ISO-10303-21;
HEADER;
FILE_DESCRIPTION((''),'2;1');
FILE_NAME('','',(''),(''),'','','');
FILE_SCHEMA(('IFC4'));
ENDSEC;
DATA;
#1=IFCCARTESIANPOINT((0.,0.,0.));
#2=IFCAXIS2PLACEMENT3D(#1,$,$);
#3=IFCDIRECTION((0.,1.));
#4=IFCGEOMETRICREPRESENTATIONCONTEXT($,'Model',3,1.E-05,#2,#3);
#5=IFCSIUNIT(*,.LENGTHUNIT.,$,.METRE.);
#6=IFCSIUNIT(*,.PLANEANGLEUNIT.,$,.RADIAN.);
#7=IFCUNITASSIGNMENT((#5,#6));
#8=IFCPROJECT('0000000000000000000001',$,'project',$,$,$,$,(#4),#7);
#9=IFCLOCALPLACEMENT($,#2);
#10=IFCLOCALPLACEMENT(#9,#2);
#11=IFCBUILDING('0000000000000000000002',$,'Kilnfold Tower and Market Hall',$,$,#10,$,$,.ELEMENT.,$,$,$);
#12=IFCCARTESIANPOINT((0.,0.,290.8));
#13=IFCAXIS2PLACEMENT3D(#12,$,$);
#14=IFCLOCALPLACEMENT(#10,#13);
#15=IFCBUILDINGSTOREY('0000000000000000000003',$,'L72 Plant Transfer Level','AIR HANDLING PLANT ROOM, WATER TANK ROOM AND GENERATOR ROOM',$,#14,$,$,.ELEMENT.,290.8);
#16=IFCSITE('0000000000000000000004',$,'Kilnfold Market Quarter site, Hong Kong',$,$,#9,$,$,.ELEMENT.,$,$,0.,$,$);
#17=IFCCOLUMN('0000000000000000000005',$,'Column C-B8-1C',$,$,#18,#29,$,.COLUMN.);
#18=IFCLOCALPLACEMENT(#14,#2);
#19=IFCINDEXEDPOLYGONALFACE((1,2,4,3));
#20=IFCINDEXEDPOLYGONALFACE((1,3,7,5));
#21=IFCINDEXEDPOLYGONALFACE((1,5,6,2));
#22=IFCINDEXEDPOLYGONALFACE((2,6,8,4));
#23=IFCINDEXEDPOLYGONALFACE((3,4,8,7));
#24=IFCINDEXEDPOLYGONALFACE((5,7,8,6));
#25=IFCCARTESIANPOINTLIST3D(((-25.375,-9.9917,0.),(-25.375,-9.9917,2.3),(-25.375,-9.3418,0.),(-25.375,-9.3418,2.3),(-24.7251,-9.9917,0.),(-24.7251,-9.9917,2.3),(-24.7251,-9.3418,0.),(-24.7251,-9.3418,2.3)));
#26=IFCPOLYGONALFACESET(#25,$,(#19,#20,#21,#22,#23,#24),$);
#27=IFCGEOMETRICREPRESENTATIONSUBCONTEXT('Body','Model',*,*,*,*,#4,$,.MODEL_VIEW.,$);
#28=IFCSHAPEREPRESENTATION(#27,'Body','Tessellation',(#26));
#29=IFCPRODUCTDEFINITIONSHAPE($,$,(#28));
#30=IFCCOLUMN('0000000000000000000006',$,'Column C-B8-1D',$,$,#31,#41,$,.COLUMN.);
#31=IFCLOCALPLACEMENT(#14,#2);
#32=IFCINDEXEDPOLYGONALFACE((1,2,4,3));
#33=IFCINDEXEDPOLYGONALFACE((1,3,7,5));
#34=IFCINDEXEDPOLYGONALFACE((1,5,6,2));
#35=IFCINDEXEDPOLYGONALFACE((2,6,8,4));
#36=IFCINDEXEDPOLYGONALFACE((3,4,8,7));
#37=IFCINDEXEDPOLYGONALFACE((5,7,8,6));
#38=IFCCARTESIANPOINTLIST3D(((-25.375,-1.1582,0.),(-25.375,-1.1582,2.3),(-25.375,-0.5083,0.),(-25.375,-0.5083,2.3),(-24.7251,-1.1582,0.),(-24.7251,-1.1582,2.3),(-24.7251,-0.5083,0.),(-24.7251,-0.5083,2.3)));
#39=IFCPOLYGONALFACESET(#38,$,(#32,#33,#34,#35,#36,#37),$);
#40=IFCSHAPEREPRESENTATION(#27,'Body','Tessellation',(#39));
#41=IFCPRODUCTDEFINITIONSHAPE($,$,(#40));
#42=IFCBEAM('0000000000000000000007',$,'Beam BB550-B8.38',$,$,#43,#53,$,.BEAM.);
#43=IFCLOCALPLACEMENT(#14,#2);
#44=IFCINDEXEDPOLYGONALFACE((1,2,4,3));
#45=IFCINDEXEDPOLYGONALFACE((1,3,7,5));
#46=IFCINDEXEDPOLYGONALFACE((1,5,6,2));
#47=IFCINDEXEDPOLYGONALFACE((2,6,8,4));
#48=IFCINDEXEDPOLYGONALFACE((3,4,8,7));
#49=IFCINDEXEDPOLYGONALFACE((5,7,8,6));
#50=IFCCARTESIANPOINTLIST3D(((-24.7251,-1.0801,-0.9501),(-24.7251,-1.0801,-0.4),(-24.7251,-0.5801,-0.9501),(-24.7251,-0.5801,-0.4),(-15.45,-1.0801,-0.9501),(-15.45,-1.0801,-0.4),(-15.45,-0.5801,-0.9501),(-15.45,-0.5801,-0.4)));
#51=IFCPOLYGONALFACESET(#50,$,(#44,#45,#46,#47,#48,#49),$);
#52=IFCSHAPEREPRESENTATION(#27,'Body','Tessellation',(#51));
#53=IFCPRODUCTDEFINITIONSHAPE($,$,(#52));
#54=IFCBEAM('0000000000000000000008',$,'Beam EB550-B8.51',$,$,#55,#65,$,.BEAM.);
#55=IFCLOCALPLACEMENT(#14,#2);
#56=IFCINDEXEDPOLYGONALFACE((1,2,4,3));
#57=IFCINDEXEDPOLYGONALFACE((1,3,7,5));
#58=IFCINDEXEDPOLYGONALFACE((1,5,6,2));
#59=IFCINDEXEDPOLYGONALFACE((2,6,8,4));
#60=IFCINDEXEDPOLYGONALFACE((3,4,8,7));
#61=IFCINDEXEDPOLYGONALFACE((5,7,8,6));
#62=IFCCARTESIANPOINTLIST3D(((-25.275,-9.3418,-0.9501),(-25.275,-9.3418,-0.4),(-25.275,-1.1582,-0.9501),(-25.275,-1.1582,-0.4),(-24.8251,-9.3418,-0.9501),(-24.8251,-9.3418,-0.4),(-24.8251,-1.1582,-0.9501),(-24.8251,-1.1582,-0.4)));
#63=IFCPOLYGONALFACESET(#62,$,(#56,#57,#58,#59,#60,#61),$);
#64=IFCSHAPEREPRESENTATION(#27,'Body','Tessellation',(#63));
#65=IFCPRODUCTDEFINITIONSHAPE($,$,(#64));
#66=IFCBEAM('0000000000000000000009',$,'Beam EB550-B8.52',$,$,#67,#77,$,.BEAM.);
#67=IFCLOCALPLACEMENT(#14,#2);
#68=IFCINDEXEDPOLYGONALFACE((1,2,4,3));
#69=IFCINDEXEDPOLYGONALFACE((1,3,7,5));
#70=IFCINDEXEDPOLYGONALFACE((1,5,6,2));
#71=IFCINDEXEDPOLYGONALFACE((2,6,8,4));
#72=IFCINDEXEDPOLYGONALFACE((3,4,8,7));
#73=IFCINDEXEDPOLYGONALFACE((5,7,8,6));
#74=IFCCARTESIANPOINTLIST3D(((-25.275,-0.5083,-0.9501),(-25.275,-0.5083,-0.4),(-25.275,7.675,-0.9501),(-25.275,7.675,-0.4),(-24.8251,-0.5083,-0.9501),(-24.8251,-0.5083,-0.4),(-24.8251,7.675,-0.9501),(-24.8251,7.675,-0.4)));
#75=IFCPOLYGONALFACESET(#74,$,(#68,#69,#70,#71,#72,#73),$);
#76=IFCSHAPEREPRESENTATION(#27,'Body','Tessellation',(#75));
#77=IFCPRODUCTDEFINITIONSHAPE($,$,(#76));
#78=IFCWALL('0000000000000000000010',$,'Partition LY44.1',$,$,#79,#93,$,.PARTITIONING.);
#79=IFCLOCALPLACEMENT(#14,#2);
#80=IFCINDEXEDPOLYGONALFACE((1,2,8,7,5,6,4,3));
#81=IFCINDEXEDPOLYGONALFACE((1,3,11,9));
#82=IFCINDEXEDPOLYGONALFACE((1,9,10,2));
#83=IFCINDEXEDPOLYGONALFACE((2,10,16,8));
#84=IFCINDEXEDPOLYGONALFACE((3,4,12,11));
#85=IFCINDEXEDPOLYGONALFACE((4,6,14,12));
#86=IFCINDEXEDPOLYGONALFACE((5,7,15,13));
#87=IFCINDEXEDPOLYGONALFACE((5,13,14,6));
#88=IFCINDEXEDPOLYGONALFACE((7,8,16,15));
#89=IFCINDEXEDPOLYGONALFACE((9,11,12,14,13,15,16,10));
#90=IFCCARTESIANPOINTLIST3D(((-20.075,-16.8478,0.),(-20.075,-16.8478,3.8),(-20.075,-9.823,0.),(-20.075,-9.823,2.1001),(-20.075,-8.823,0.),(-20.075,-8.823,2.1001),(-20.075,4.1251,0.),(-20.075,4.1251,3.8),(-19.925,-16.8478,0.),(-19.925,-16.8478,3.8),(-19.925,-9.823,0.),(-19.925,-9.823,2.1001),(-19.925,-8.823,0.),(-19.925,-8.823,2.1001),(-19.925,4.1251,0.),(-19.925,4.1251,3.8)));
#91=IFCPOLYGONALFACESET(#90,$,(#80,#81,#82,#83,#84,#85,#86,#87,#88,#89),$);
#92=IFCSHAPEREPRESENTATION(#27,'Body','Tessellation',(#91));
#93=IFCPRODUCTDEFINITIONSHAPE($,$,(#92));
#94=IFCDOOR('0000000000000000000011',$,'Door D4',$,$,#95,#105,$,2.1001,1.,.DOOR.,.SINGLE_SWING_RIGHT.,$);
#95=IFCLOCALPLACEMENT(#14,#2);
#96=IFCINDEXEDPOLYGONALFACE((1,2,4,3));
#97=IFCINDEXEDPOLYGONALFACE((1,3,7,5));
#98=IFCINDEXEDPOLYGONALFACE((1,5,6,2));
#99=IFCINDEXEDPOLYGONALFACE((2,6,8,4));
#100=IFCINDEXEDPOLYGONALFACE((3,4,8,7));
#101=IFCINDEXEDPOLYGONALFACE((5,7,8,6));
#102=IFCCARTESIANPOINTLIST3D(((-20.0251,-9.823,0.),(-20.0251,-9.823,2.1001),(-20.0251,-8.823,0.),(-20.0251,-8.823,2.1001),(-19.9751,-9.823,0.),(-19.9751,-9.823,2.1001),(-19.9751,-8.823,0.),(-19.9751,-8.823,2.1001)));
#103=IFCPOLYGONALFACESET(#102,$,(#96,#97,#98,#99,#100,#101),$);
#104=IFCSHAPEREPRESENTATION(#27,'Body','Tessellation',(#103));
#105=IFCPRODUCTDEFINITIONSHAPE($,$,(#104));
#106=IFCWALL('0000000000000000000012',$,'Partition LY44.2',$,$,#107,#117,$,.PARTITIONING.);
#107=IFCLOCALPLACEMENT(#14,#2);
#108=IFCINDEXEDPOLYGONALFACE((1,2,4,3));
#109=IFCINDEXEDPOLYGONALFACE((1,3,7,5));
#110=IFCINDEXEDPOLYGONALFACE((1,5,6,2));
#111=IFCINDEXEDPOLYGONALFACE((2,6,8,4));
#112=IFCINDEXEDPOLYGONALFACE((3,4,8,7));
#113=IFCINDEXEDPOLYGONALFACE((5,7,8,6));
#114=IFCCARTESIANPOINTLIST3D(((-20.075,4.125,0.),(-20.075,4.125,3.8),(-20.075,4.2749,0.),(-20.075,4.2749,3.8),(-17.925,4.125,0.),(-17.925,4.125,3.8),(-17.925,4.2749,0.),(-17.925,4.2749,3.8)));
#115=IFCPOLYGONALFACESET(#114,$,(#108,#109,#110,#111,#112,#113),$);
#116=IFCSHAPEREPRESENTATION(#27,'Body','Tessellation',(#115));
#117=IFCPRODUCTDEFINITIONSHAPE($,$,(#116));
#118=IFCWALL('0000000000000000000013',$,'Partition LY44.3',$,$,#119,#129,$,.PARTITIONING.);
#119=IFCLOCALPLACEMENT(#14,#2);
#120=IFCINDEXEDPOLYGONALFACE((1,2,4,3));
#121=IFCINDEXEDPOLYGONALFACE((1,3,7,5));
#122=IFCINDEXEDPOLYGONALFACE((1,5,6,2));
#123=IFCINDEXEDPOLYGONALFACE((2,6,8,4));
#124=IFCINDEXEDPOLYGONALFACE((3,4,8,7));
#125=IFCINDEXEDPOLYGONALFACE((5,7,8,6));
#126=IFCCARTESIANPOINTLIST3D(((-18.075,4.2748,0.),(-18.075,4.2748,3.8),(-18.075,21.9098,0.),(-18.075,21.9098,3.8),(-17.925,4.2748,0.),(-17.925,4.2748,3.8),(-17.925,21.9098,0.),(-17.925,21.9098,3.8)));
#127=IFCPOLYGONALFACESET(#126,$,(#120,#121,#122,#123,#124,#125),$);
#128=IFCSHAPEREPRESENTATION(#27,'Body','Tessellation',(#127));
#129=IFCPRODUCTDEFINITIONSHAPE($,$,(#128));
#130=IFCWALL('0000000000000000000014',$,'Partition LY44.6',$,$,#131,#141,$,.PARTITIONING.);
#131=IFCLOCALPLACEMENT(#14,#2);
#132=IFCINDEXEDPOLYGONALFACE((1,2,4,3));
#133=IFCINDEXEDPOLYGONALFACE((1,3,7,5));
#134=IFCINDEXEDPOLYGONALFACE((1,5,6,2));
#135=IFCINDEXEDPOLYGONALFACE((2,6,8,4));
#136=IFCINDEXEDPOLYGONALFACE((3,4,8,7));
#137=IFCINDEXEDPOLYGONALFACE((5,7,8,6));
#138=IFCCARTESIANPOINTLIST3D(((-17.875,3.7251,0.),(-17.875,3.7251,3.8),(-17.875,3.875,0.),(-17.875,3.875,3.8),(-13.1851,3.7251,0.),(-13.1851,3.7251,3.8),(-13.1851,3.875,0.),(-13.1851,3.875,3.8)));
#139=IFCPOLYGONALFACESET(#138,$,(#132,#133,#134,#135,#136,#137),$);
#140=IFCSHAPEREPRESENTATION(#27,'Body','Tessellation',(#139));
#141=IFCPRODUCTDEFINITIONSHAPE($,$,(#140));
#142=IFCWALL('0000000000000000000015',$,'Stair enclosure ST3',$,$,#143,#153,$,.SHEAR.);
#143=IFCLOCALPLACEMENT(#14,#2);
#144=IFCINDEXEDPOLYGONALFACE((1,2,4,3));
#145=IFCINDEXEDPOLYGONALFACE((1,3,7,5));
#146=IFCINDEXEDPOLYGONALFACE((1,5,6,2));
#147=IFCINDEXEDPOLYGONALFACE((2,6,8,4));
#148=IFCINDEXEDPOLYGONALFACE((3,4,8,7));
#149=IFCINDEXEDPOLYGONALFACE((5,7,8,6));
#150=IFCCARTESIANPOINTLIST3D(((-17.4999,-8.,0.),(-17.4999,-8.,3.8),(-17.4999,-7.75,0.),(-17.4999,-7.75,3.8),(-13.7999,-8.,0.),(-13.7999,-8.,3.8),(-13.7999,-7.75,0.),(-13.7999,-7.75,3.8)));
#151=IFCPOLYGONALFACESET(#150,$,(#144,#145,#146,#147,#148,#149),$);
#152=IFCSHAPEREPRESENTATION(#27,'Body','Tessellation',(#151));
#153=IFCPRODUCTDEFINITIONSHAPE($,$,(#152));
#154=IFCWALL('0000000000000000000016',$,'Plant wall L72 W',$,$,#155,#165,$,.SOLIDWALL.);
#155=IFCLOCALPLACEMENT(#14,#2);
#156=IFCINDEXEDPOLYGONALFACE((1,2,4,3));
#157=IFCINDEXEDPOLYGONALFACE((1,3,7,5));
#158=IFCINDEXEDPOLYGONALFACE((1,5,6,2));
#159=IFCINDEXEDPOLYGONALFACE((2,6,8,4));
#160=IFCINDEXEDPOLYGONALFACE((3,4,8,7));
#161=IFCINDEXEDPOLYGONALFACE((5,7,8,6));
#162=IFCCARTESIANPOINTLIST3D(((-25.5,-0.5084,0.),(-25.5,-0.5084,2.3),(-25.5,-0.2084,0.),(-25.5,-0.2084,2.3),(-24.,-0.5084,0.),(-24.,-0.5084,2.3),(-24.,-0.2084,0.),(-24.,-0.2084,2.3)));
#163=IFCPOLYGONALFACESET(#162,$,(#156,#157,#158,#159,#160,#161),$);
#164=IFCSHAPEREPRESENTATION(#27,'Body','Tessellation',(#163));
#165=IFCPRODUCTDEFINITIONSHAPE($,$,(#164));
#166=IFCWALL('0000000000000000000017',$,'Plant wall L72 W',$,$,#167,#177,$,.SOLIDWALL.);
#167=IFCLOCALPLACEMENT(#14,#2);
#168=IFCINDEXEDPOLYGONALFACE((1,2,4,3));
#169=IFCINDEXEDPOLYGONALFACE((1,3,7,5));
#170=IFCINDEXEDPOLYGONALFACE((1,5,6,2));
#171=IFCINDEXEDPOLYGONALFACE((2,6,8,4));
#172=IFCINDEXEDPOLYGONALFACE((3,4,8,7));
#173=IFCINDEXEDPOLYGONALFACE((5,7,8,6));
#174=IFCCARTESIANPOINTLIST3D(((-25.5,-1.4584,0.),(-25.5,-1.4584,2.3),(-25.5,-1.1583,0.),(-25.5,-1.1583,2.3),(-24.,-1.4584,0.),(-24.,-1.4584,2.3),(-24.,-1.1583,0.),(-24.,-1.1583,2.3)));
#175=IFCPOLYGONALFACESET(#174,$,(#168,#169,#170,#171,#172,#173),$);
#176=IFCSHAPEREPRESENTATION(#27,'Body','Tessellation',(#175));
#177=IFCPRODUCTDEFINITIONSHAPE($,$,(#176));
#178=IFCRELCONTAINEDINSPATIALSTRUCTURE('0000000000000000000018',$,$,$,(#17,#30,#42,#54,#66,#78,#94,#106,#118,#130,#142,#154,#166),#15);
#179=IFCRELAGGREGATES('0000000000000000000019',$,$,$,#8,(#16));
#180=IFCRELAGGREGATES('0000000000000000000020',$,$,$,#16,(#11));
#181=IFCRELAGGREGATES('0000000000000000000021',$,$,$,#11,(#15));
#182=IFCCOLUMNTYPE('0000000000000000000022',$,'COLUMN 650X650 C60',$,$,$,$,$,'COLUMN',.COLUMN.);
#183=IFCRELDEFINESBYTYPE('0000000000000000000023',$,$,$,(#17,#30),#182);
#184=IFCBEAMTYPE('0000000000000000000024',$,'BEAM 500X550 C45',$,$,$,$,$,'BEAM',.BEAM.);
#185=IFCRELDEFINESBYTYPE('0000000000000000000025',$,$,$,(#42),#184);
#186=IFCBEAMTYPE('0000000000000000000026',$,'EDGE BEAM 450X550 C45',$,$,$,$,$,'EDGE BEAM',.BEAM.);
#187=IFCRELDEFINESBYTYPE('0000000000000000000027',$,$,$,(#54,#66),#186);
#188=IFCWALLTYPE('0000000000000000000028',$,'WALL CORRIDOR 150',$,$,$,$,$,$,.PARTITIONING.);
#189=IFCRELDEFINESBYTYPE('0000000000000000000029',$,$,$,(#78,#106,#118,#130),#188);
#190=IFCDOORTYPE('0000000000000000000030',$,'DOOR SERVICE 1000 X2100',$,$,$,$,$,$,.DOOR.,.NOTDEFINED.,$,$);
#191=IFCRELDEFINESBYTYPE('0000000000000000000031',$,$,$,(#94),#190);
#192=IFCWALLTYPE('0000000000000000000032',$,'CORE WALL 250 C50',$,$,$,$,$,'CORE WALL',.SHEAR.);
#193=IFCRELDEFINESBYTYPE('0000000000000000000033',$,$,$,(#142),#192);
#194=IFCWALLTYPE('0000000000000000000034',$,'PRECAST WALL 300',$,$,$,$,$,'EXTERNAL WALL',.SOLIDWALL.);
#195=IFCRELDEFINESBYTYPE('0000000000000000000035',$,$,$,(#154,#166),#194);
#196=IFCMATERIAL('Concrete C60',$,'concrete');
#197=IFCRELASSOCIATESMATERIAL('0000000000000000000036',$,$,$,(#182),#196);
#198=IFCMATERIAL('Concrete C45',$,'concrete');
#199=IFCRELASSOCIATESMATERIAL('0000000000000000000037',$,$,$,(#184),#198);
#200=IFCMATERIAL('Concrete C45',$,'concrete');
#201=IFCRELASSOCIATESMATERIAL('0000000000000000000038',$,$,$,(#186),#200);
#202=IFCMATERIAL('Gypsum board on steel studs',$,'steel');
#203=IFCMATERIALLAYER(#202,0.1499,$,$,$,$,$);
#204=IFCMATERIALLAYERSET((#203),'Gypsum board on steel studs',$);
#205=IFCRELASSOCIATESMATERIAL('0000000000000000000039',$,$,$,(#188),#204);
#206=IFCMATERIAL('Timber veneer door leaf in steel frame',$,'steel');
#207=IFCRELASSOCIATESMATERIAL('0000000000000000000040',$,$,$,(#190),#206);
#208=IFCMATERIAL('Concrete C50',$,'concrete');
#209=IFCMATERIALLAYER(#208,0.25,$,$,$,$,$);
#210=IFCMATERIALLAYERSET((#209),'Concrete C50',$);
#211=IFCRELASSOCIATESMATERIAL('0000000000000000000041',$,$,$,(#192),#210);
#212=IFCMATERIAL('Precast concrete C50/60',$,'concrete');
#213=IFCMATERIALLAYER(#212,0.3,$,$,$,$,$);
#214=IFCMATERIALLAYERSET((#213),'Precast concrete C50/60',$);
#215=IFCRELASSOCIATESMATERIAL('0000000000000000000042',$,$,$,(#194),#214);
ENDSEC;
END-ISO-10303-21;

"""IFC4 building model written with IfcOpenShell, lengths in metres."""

from ifc_helpers import new_model, si_unit, direction, frame, frame_2d, origin, origin_2d, place, context, subcontext, project, spatial, rectangle, extrude, source, transform, mapped, material, layer, layer_set, material_profile, profile_set, type_object, element, fill, save


model = new_model("IFC4")

# Units and contexts
model_context = context("Model", 3, precision=1e-05, world=origin(), true_north=direction((0.0, 1.0)))
body_context = subcontext(model_context, "Body", "Model", "MODEL_VIEW")
ifc_project = project(units=[si_unit("LENGTHUNIT", "METRE"), si_unit("PLANEANGLEUNIT", "RADIAN")], contexts=[model_context])

# Site, building, storey
site_placement = place(None, origin())
site = spatial("IfcSite", under=ifc_project, at=site_placement, Name="Kilnfold Market Quarter site, Hong Kong", CompositionType="ELEMENT", RefElevation=0.0)
building_placement = place(site_placement, origin())
building = spatial("IfcBuilding", under=site, at=building_placement, Name="Kilnfold Tower and Market Hall", CompositionType="ELEMENT")
storey_placement = place(building_placement, frame((0.0, 0.0, 290.8)))
storey = spatial("IfcBuildingStorey", under=building, at=storey_placement, Name="L72 Plant Transfer Level", Description="AIR HANDLING PLANT ROOM, WATER TANK ROOM AND GENERATOR ROOM", CompositionType="ELEMENT", Elevation=290.8)

# Columns
ifc_material_1 = material(Name="Concrete C60", Category="concrete")
ifc_material_profile_1 = material_profile(ifc_material_1, rectangle(XDim=0.6499, YDim=0.6499, at=origin_2d()), Name="RC 650x650")
ifc_profile_set_1 = profile_set([ifc_material_profile_1], Name="Concrete C60")
column_type = type_object("IfcColumnType", Name="COLUMN 650X650 C60", ElementType="COLUMN", PredefinedType="COLUMN", material=ifc_profile_set_1)
shared_shape_1 = source(origin(), body_context, "Body", "SweptSolid", [
    extrude(rectangle(XDim=0.6499, YDim=0.6499, at=origin_2d()), origin(), (0.0, 0.0, 1.0), 2.3),
])
for number, where, z_axis, x_axis, name in (
    (1, (-25.05, -9.6667, 0.0), (0.0, 0.0, 1.0), (1.0, 0.0, 0.0), "Column C-B8-1C"),
    (2, (-25.05, -0.8333, 0.0), (0.0, 0.0, 1.0), (1.0, 0.0, 0.0), "Column C-B8-1D"),
):
    element("IfcColumn", number, at=place(storey_placement, frame(where, z_axis=z_axis, x_axis=x_axis)), inside=storey, type_object=column_type, Name=name, PredefinedType="COLUMN", context=body_context, shape_type="MappedRepresentation", body=[
        mapped(shared_shape_1, transform((0.0, 0.0, 0.0))),
    ])

# Beams
ifc_material_2 = material(Name="Concrete C45", Category="concrete")
ifc_material_profile_2 = material_profile(ifc_material_2, rectangle(XDim=0.5, YDim=0.55, at=origin_2d()), Name="RC 500x550")
ifc_profile_set_2 = profile_set([ifc_material_profile_2], Name="Concrete C45")
beam_type_1 = type_object("IfcBeamType", Name="BEAM 500X550 C45", ElementType="BEAM", PredefinedType="BEAM", material=ifc_profile_set_2)
shared_shape_2 = source(origin(), body_context, "Body", "SweptSolid", [
    extrude(rectangle(XDim=0.5, YDim=0.55, at=origin_2d()), origin(), (0.0, 0.0, 1.0), 9.2751),
])
beam_1_placement = place(storey_placement, frame((-24.7251, -0.8301, -0.675), z_axis=(1.0, 0.0, 0.0), x_axis=(0.0, 1.0, 0.0)))
element("IfcBeam", 3, at=beam_1_placement, inside=storey, type_object=beam_type_1, Name="Beam BB550-B8.38", PredefinedType="BEAM", context=body_context, shape_type="MappedRepresentation", body=[
    mapped(shared_shape_2, transform((0.0, 0.0, 0.0))),
])
ifc_material_3 = material(Name="Concrete C45", Category="concrete")
ifc_material_profile_3 = material_profile(ifc_material_3, rectangle(XDim=0.45, YDim=0.55, at=origin_2d()), Name="RC 450x550")
ifc_profile_set_3 = profile_set([ifc_material_profile_3], Name="Concrete C45")
beam_type_2 = type_object("IfcBeamType", Name="EDGE BEAM 450X550 C45", ElementType="EDGE BEAM", PredefinedType="BEAM", material=ifc_profile_set_3)
shared_shape_3 = source(origin(), body_context, "Body", "SweptSolid", [
    extrude(rectangle(XDim=0.45, YDim=0.55, at=origin_2d()), origin(), (0.0, 0.0, 1.0), 8.1836),
])
beam_2_placement = place(storey_placement, frame((-25.05, -9.3418, -0.675), z_axis=(0.0, 1.0, 0.0), x_axis=(-1.0, 0.0, 0.0)))
element("IfcBeam", 4, at=beam_2_placement, inside=storey, type_object=beam_type_2, Name="Beam EB550-B8.51", PredefinedType="BEAM", context=body_context, shape_type="MappedRepresentation", body=[
    mapped(shared_shape_3, transform((0.0, 0.0, 0.0))),
])
shared_shape_4 = source(origin(), body_context, "Body", "SweptSolid", [
    extrude(rectangle(XDim=0.45, YDim=0.55, at=origin_2d()), origin(), (0.0, 0.0, 1.0), 8.1833),
])
beam_3_placement = place(storey_placement, frame((-25.05, -0.5083, -0.675), z_axis=(0.0, 1.0, 0.0), x_axis=(-1.0, 0.0, 0.0)))
element("IfcBeam", 5, at=beam_3_placement, inside=storey, type_object=beam_type_2, Name="Beam EB550-B8.52", PredefinedType="BEAM", context=body_context, shape_type="MappedRepresentation", body=[
    mapped(shared_shape_4, transform((0.0, 0.0, 0.0))),
])

# Wall, opening, door
ifc_material_4 = material(Name="Gypsum board on steel studs", Category="steel")
ifc_layer_1 = layer(ifc_material_4, 0.1499)
ifc_layer_set_1 = layer_set([ifc_layer_1], Name="Gypsum board on steel studs")
wall_type_1 = type_object("IfcWallType", Name="WALL CORRIDOR 150", PredefinedType="PARTITIONING", material=ifc_layer_set_1)
wall_1_placement = place(storey_placement, frame((-20.0, 4.125, 0.0), z_axis=(0.0, 0.0, 1.0), x_axis=(0.0, -1.0, 0.0)))
wall_1 = element("IfcWall", 6, at=wall_1_placement, inside=storey, type_object=wall_type_1, Name="Partition LY44.1", PredefinedType="PARTITIONING", context=body_context, shape_type="SweptSolid", body=[
    extrude(rectangle(XDim=20.9729, YDim=0.1499, at=frame_2d((10.4863, 0.0))), origin(), (0.0, 0.0, 1.0), 3.8),
])
opening_placement = place(wall_1_placement, frame((12.948, 0.0, 0.0)))
opening = element("IfcOpeningElement", 7, at=opening_placement, cuts=wall_1, PredefinedType="OPENING", context=body_context, shape_type="SweptSolid", body=[
    extrude(rectangle(XDim=1.0, YDim=2.1001, at=frame_2d((0.5, 1.05))), frame((0.0, 0.085, 0.0), z_axis=(0.0, -1.0, 0.0), x_axis=(1.0, 0.0, 0.0)), (0.0, 0.0, 1.0), 0.1699),
])
ifc_material_5 = material(Name="Timber veneer door leaf in steel frame", Category="steel")
door_type = type_object("IfcDoorType", Name="DOOR SERVICE 1000 X2100", OperationType="NOTDEFINED", PredefinedType="DOOR", material=ifc_material_5)
door_placement = place(opening_placement, origin())
door = element("IfcDoor", 8, at=door_placement, inside=storey, type_object=door_type, Name="Door D4", OperationType="SINGLE_SWING_RIGHT", OverallHeight=2.1001, OverallWidth=1.0, PredefinedType="DOOR", context=body_context, shape_type="SweptSolid", body=[
    extrude(rectangle(XDim=1.0, YDim=2.1001, at=frame_2d((0.5, 1.05))), frame((0.0, 0.0249, 0.0), z_axis=(0.0, -1.0, 0.0), x_axis=(1.0, 0.0, 0.0)), (0.0, 0.0, 1.0), 0.05),
])
fill(opening, door)

# Walls
wall_2_placement = place(storey_placement, frame((-17.925, 4.2, 0.0), z_axis=(0.0, 0.0, 1.0), x_axis=(-1.0, 0.0, 0.0)))
element("IfcWall", 9, at=wall_2_placement, inside=storey, type_object=wall_type_1, Name="Partition LY44.2", PredefinedType="PARTITIONING", context=body_context, shape_type="SweptSolid", body=[
    extrude(rectangle(XDim=2.1499, YDim=0.1499, at=frame_2d((1.075, 0.0))), origin(), (0.0, 0.0, 1.0), 3.8),
])
wall_3_placement = place(storey_placement, frame((-18.0, 4.2749, 0.0), z_axis=(0.0, 0.0, 1.0), x_axis=(0.0, 1.0, 0.0)))
element("IfcWall", 10, at=wall_3_placement, inside=storey, type_object=wall_type_1, Name="Partition LY44.3", PredefinedType="PARTITIONING", context=body_context, shape_type="SweptSolid", body=[
    extrude(rectangle(XDim=17.635, YDim=0.1499, at=frame_2d((8.8174, 0.0))), origin(), (0.0, 0.0, 1.0), 3.8),
])
wall_4_placement = place(storey_placement, frame((-17.875, 3.8, 0.0), z_axis=(0.0, 0.0, 1.0), x_axis=(1.0, 0.0, 0.0)))
element("IfcWall", 11, at=wall_4_placement, inside=storey, type_object=wall_type_1, Name="Partition LY44.6", PredefinedType="PARTITIONING", context=body_context, shape_type="SweptSolid", body=[
    extrude(rectangle(XDim=4.6899, YDim=0.1499, at=frame_2d((2.345, 0.0))), origin(), (0.0, 0.0, 1.0), 3.8),
])
ifc_material_6 = material(Name="Concrete C50", Category="concrete")
ifc_layer_2 = layer(ifc_material_6, 0.25)
ifc_layer_set_2 = layer_set([ifc_layer_2], Name="Concrete C50")
wall_type_2 = type_object("IfcWallType", Name="CORE WALL 250 C50", ElementType="CORE WALL", PredefinedType="SHEAR", material=ifc_layer_set_2)
shared_shape_5 = source(origin(), body_context, "Body", "SweptSolid", [
    extrude(rectangle(XDim=3.7, YDim=0.25, at=frame_2d((1.8501, 0.0))), origin(), (0.0, 0.0, 1.0), 3.8),
])
wall_5_placement = place(storey_placement, frame((-17.5, -7.875, 0.0), z_axis=(0.0, 0.0, 1.0), x_axis=(1.0, 0.0, 0.0)))
element("IfcWall", 12, at=wall_5_placement, inside=storey, type_object=wall_type_2, Name="Stair enclosure ST3", PredefinedType="SHEAR", context=body_context, shape_type="MappedRepresentation", body=[
    mapped(shared_shape_5, transform((0.0, 0.0, 0.0))),
])
ifc_material_7 = material(Name="Precast concrete C50/60", Category="concrete")
ifc_layer_3 = layer(ifc_material_7, 0.3)
ifc_layer_set_3 = layer_set([ifc_layer_3], Name="Precast concrete C50/60")
wall_type_3 = type_object("IfcWallType", Name="PRECAST WALL 300", ElementType="EXTERNAL WALL", PredefinedType="SOLIDWALL", material=ifc_layer_set_3)
shared_shape_6 = source(origin(), body_context, "Body", "SweptSolid", [
    extrude(rectangle(XDim=1.5, YDim=0.3, at=frame_2d((0.75, 0.0))), origin(), (0.0, 0.0, 1.0), 2.3),
])
for number, where, z_axis, x_axis, name in (
    (13, (-25.5, -0.3584, 0.0), (0.0, 0.0, 1.0), (1.0, 0.0, 0.0), "Plant wall L72 W"),
    (14, (-25.5, -1.3083, 0.0), (0.0, 0.0, 1.0), (1.0, 0.0, 0.0), "Plant wall L72 W"),
):
    element("IfcWall", number, at=place(storey_placement, frame(where, z_axis=z_axis, x_axis=x_axis)), inside=storey, type_object=wall_type_3, Name=name, PredefinedType="SOLIDWALL", context=body_context, shape_type="MappedRepresentation", body=[
        mapped(shared_shape_6, transform((0.0, 0.0, 0.0))),
    ])

save(model, "model.ifc")
